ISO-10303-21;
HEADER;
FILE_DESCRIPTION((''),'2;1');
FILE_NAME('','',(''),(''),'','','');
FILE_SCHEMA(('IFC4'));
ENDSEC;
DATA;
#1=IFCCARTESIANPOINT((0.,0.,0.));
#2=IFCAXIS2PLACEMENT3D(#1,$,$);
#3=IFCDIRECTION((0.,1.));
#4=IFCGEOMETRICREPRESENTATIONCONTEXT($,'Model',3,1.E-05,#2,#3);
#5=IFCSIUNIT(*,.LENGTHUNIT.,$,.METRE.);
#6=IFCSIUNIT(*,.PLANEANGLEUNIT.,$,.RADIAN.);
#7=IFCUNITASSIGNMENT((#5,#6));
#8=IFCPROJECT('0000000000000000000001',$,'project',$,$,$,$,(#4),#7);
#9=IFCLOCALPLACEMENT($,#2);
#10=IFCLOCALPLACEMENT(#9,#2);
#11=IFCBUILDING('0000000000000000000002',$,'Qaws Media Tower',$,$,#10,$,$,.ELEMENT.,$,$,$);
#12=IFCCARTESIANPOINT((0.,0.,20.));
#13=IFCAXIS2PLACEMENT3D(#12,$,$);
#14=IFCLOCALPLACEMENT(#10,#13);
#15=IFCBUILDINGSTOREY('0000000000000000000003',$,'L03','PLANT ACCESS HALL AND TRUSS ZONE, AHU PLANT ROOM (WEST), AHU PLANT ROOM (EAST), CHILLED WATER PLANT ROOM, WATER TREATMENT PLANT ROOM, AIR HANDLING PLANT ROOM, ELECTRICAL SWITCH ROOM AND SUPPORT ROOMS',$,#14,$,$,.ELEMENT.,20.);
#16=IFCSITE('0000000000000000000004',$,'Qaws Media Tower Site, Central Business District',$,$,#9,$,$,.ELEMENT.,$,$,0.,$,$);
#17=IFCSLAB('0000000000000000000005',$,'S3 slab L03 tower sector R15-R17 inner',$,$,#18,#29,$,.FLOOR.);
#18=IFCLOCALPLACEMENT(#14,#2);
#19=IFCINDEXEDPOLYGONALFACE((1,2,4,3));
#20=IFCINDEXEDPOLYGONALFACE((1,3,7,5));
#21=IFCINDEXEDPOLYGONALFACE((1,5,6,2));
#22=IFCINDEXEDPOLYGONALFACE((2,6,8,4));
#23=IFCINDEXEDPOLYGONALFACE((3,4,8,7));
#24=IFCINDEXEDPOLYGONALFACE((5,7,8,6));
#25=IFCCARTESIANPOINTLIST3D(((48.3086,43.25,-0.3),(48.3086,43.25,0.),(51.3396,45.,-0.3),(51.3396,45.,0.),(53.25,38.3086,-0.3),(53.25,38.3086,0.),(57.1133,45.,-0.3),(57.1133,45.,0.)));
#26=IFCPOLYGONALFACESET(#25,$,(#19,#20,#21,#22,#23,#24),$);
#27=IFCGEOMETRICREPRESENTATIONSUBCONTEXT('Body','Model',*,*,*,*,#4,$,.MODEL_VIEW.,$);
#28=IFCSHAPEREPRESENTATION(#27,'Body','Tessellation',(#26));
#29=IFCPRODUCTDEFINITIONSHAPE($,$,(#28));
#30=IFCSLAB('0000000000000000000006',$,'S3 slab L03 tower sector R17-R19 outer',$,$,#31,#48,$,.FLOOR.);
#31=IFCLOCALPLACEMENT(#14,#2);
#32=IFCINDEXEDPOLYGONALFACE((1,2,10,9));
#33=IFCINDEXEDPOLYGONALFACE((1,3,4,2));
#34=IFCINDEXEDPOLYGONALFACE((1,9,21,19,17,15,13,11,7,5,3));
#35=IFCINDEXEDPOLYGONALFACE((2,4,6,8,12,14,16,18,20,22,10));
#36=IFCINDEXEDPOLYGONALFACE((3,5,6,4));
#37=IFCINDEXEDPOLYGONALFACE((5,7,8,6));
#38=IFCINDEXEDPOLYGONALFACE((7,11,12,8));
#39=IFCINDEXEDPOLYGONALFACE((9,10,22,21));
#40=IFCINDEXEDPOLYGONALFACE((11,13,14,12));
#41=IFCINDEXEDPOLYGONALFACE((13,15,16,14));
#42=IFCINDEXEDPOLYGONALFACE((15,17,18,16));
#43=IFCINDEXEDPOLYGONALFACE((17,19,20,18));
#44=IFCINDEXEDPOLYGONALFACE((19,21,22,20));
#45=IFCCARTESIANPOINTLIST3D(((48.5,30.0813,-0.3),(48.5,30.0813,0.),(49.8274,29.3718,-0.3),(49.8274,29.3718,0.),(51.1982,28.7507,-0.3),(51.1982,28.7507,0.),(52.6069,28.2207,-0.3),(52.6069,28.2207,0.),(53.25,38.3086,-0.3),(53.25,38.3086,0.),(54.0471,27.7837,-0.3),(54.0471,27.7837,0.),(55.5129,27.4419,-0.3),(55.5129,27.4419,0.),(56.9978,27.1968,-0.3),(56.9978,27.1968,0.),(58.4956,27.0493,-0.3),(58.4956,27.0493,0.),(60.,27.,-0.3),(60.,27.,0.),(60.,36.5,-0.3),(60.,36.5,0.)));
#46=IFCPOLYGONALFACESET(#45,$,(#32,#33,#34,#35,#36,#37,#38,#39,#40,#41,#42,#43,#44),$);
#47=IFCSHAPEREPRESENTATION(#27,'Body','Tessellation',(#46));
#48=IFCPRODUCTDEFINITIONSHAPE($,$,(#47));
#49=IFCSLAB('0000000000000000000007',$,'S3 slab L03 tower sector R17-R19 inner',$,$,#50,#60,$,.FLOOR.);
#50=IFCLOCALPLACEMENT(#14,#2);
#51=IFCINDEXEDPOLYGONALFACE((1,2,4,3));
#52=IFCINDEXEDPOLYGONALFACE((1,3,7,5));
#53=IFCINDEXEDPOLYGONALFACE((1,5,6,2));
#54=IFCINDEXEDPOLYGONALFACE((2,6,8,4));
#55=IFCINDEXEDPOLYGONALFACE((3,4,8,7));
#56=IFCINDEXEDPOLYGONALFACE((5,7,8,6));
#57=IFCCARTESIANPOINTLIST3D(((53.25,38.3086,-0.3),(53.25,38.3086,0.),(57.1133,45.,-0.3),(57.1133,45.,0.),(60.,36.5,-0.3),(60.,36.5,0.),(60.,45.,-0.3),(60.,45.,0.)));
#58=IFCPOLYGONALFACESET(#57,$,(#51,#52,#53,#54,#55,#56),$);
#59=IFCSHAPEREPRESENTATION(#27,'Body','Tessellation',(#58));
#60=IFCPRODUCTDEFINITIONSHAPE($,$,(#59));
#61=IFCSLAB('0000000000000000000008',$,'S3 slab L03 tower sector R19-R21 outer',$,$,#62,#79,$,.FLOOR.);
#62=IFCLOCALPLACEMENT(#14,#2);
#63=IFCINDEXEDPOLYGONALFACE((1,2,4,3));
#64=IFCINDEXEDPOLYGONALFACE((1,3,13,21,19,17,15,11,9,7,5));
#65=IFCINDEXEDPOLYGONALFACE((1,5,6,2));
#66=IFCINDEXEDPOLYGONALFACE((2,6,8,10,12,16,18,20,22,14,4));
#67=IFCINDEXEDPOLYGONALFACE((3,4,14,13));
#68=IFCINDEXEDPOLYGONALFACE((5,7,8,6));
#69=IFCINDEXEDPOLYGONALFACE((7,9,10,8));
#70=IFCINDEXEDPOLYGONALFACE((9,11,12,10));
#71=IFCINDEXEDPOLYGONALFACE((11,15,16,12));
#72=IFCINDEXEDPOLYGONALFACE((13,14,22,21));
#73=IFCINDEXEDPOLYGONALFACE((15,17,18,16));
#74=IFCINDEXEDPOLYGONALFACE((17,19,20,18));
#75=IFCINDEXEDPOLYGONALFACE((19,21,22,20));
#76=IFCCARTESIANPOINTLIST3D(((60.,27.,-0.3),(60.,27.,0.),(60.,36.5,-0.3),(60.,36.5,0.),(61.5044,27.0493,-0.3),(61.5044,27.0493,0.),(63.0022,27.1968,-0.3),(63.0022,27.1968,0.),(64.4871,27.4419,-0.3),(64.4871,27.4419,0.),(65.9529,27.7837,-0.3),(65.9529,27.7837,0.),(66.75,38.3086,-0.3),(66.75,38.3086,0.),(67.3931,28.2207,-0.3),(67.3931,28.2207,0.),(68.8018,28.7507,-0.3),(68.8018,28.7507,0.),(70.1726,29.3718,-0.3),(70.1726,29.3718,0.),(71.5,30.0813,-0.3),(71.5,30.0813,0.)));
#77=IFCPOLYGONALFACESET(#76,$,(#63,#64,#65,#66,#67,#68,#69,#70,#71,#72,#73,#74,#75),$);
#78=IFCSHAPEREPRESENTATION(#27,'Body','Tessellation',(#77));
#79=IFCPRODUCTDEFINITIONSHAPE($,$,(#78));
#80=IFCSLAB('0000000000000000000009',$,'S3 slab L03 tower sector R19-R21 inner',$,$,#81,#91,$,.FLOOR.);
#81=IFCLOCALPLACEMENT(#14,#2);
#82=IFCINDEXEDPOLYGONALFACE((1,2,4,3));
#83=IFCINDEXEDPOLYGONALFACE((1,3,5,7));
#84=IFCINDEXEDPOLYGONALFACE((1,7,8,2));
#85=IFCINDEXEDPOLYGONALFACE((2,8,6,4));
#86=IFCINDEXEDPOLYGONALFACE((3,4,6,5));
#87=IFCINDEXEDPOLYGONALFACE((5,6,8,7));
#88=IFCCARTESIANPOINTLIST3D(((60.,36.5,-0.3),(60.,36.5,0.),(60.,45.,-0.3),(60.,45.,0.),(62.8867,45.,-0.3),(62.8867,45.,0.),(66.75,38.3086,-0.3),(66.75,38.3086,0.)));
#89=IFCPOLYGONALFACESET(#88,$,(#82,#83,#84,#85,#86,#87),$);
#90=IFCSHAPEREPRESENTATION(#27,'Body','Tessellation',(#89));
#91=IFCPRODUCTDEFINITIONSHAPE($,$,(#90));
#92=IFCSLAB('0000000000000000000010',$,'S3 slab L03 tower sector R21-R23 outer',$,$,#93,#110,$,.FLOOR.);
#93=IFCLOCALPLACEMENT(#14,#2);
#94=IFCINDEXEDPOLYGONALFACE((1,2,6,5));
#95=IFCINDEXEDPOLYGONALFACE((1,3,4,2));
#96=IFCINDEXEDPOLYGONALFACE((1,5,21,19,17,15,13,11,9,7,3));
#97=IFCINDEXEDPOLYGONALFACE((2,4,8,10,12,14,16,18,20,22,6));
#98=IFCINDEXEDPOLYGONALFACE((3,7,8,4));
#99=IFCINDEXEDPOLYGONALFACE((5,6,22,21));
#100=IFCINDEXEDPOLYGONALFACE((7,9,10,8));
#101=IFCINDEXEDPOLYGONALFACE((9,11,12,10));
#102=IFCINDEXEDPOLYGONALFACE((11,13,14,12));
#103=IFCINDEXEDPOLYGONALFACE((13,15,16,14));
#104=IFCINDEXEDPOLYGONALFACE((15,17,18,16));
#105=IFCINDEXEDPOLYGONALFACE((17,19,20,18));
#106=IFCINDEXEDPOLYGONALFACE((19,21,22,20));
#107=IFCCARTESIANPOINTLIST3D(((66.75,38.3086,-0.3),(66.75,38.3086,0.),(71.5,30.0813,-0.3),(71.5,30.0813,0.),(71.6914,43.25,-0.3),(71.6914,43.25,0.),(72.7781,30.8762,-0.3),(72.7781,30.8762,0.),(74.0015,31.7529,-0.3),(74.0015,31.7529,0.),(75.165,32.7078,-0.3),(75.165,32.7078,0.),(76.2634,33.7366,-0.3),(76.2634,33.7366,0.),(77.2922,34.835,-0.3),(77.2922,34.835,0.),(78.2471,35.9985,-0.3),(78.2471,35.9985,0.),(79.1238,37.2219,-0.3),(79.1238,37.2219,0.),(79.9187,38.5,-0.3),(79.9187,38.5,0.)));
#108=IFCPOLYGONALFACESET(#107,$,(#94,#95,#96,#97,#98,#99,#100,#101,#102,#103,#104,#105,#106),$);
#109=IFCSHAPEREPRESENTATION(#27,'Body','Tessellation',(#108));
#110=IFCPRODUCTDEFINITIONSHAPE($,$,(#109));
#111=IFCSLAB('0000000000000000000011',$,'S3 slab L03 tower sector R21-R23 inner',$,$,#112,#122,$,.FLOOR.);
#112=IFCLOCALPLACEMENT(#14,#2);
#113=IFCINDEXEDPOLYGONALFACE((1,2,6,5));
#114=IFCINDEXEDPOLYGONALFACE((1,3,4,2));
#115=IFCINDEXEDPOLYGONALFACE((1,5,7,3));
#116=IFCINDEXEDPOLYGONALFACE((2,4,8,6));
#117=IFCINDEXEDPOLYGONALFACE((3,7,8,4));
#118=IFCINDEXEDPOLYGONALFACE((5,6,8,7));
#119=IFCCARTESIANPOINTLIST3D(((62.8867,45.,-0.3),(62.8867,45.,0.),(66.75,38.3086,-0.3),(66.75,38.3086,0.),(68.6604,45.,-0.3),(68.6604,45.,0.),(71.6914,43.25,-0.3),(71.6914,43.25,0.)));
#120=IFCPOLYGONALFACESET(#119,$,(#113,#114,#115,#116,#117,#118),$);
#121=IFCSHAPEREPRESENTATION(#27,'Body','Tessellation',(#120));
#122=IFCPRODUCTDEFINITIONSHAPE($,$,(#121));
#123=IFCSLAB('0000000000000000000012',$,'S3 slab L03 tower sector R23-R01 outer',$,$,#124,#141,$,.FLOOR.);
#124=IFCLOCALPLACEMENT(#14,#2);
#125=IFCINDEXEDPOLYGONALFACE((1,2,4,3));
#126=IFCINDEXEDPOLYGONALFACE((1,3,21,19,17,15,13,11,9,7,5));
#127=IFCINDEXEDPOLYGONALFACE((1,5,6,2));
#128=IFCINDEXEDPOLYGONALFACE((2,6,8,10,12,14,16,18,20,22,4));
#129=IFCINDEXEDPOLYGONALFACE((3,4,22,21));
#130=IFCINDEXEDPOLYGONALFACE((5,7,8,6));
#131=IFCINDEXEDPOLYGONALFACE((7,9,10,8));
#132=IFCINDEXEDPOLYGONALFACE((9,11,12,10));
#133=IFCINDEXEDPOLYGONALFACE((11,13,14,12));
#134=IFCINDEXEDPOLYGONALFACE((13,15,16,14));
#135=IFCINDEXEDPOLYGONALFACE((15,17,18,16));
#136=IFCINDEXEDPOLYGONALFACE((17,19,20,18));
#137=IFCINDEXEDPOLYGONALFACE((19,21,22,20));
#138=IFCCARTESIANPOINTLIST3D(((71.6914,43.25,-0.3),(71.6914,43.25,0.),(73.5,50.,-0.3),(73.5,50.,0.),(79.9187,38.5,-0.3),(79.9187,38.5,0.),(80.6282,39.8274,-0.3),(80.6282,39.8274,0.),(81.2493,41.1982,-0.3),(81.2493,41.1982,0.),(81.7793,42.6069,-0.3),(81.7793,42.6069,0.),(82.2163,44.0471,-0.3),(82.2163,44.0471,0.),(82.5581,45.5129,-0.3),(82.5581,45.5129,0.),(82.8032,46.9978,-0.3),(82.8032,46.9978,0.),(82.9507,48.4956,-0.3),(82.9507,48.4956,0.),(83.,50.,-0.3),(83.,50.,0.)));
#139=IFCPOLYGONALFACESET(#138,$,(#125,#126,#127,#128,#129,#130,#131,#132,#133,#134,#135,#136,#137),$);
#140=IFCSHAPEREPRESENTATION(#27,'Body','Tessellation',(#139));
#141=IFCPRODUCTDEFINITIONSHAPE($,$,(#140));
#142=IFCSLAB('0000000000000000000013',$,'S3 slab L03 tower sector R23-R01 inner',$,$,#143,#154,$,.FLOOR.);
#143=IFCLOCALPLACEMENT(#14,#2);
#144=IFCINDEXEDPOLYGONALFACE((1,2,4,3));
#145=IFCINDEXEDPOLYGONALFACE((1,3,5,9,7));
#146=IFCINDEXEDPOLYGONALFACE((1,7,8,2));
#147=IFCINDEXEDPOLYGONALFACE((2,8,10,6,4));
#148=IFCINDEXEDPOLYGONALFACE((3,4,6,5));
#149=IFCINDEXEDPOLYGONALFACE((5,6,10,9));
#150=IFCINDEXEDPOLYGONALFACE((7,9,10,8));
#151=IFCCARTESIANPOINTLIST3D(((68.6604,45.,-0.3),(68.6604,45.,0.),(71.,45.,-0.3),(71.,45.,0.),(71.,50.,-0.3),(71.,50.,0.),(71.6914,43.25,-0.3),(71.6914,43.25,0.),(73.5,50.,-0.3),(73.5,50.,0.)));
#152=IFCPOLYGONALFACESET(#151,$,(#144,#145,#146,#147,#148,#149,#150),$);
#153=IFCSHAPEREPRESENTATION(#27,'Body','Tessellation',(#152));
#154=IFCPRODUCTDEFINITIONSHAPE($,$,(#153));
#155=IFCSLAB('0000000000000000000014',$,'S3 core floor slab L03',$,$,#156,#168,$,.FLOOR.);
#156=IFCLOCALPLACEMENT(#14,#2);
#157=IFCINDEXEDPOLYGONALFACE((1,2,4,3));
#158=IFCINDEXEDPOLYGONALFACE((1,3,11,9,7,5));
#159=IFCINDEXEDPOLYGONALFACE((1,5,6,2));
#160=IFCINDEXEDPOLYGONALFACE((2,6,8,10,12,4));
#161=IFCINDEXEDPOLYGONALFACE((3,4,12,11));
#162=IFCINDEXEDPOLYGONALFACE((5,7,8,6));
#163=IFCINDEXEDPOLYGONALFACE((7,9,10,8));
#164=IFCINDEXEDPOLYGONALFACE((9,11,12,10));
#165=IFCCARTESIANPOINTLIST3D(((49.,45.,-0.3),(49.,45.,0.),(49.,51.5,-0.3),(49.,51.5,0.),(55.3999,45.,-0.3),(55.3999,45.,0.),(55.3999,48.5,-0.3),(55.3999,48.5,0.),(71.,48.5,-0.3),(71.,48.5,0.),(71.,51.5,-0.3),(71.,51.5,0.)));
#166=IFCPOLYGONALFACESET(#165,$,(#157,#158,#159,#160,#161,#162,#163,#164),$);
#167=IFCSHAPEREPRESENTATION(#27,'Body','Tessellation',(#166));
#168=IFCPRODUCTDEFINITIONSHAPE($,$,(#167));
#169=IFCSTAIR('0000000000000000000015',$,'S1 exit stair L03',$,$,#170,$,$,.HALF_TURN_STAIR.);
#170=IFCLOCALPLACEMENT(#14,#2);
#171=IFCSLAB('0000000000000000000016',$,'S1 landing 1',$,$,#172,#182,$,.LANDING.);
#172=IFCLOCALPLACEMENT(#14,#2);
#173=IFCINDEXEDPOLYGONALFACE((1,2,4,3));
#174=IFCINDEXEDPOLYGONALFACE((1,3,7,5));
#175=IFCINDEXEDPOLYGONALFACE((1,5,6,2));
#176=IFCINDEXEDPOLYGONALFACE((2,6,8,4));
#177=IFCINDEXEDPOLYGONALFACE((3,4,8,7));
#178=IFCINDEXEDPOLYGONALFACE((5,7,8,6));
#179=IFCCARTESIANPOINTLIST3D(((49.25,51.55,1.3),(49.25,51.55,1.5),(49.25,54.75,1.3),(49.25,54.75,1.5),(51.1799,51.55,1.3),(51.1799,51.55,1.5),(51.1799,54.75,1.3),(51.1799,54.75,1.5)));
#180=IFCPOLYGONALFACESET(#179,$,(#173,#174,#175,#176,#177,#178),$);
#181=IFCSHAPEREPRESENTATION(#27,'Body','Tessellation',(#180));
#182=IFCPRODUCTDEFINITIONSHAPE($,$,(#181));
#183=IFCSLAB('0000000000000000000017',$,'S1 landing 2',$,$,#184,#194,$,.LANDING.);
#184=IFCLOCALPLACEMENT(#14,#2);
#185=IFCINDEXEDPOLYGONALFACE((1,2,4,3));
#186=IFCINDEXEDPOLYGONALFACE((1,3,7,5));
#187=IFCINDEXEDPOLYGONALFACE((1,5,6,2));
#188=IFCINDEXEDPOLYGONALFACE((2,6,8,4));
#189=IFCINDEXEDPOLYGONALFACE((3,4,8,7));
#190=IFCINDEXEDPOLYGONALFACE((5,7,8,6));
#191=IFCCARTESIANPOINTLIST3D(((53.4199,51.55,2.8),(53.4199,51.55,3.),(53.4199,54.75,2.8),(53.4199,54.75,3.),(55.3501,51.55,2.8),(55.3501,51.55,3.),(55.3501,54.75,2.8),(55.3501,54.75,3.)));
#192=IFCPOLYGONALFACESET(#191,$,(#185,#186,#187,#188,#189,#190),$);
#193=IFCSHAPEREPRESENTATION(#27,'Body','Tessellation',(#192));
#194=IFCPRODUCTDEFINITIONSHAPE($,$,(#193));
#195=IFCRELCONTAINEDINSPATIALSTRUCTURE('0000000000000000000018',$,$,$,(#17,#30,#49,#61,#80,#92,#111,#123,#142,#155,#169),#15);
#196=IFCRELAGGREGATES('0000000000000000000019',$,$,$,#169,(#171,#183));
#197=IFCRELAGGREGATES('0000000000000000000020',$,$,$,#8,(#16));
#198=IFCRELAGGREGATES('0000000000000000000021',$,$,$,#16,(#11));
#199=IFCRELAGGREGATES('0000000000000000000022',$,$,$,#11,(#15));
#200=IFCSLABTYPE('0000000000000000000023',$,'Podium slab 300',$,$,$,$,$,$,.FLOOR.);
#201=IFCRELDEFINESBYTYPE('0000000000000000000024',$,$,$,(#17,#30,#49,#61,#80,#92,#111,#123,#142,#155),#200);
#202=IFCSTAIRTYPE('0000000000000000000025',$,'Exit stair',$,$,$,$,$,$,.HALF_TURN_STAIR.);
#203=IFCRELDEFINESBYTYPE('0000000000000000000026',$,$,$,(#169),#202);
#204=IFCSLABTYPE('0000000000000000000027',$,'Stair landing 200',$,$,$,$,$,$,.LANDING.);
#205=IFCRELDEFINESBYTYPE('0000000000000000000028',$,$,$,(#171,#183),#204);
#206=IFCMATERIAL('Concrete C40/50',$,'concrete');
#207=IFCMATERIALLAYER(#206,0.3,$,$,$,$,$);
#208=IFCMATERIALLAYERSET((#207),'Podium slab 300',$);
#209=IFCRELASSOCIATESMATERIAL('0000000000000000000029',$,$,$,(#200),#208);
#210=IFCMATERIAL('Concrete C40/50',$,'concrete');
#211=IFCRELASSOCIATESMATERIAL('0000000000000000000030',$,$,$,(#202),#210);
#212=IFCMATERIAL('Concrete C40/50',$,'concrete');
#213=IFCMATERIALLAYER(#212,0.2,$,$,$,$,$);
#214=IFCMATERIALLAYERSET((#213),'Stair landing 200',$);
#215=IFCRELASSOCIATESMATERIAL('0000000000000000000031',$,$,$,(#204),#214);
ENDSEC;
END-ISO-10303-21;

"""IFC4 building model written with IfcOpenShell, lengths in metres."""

from ifc_helpers import new_model, si_unit, direction, frame, origin, place, context, subcontext, project, spatial, polyline, outline, extrude, material, layer, layer_set, type_object, element, aggregate, save


model = new_model("IFC4")

# Units and contexts
model_context = context("Model", 3, precision=1e-05, world=origin(), true_north=direction((0.0, 1.0)))
body_context = subcontext(model_context, "Body", "Model", "MODEL_VIEW")
ifc_project = project(units=[si_unit("LENGTHUNIT", "METRE"), si_unit("PLANEANGLEUNIT", "RADIAN")], contexts=[model_context])

# Site, building, storey
site_placement = place(None, origin())
site = spatial("IfcSite", under=ifc_project, at=site_placement, Name="Qaws Media Tower Site, Central Business District", CompositionType="ELEMENT", RefElevation=0.0)
building_placement = place(site_placement, origin())
building = spatial("IfcBuilding", under=site, at=building_placement, Name="Qaws Media Tower", CompositionType="ELEMENT")
storey_placement = place(building_placement, frame((0.0, 0.0, 20.0)))
storey = spatial("IfcBuildingStorey", under=building, at=storey_placement, Name="L03", Description="PLANT ACCESS HALL AND TRUSS ZONE, AHU PLANT ROOM (WEST), AHU PLANT ROOM (EAST), CHILLED WATER PLANT ROOM, WATER TREATMENT PLANT ROOM, AIR HANDLING PLANT ROOM, ELECTRICAL SWITCH ROOM AND SUPPORT ROOMS", CompositionType="ELEMENT", Elevation=20.0)

# Slabs
ifc_material_1 = material(Name="Concrete C40/50", Category="concrete")
ifc_layer_1 = layer(ifc_material_1, 0.3)
ifc_layer_set_1 = layer_set([ifc_layer_1], Name="Podium slab 300")
slab_type_1 = type_object("IfcSlabType", Name="Podium slab 300", PredefinedType="FLOOR", material=ifc_layer_set_1)
slab_1_placement = place(storey_placement, frame((0.0, 0.0, -0.3)))
element("IfcSlab", 1, at=slab_1_placement, inside=storey, type_object=slab_type_1, Name="S3 slab L03 tower sector R15-R17 inner", PredefinedType="FLOOR", context=body_context, shape_type="SweptSolid", body=[
    extrude(outline(polyline([(51.3396, 45.0), (57.1133, 45.0), (53.25, 38.3086), (48.3086, 43.25), (51.3396, 45.0)])), origin(), (0.0, 0.0, 1.0), 0.3),
])
slab_2_placement = place(storey_placement, frame((0.0, 0.0, -0.3)))
element("IfcSlab", 2, at=slab_2_placement, inside=storey, type_object=slab_type_1, Name="S3 slab L03 tower sector R17-R19 outer", PredefinedType="FLOOR", context=body_context, shape_type="SweptSolid", body=[
    extrude(outline(polyline([(51.1982, 28.7507), (49.8274, 29.3718), (48.5, 30.0813), (53.25, 38.3086), (60.0, 36.5), (60.0, 27.0), (58.4956, 27.0493), (56.9978, 27.1968), (55.5129, 27.4419), (54.0471, 27.7837), (52.6069, 28.2207), (51.1982, 28.7507)])), origin(), (0.0, 0.0, 1.0), 0.3),
])
slab_3_placement = place(storey_placement, frame((0.0, 0.0, -0.3)))
element("IfcSlab", 3, at=slab_3_placement, inside=storey, type_object=slab_type_1, Name="S3 slab L03 tower sector R17-R19 inner", PredefinedType="FLOOR", context=body_context, shape_type="SweptSolid", body=[
    extrude(outline(polyline([(57.1133, 45.0), (60.0, 45.0), (60.0, 36.5), (53.25, 38.3086), (57.1133, 45.0)])), origin(), (0.0, 0.0, 1.0), 0.3),
])
slab_4_placement = place(storey_placement, frame((0.0, 0.0, -0.3)))
element("IfcSlab", 4, at=slab_4_placement, inside=storey, type_object=slab_type_1, Name="S3 slab L03 tower sector R19-R21 outer", PredefinedType="FLOOR", context=body_context, shape_type="SweptSolid", body=[
    extrude(outline(polyline([(63.0022, 27.1968), (61.5044, 27.0493), (60.0, 27.0), (60.0, 36.5), (66.75, 38.3086), (71.5, 30.0813), (70.1726, 29.3718), (68.8018, 28.7507), (67.3931, 28.2207), (65.9529, 27.7837), (64.4871, 27.4419), (63.0022, 27.1968)])), origin(), (0.0, 0.0, 1.0), 0.3),
])
slab_5_placement = place(storey_placement, frame((0.0, 0.0, -0.3)))
element("IfcSlab", 5, at=slab_5_placement, inside=storey, type_object=slab_type_1, Name="S3 slab L03 tower sector R19-R21 inner", PredefinedType="FLOOR", context=body_context, shape_type="SweptSolid", body=[
    extrude(outline(polyline([(60.0, 45.0), (62.8867, 45.0), (66.75, 38.3086), (60.0, 36.5), (60.0, 45.0)])), origin(), (0.0, 0.0, 1.0), 0.3),
])
slab_6_placement = place(storey_placement, frame((0.0, 0.0, -0.3)))
element("IfcSlab", 6, at=slab_6_placement, inside=storey, type_object=slab_type_1, Name="S3 slab L03 tower sector R21-R23 outer", PredefinedType="FLOOR", context=body_context, shape_type="SweptSolid", body=[
    extrude(outline(polyline([(74.0015, 31.7529), (72.7781, 30.8762), (71.5, 30.0813), (66.75, 38.3086), (71.6914, 43.25), (79.9187, 38.5), (79.1238, 37.2219), (78.2471, 35.9985), (77.2922, 34.835), (76.2634, 33.7366), (75.165, 32.7078), (74.0015, 31.7529)])), origin(), (0.0, 0.0, 1.0), 0.3),
])
slab_7_placement = place(storey_placement, frame((0.0, 0.0, -0.3)))
element("IfcSlab", 7, at=slab_7_placement, inside=storey, type_object=slab_type_1, Name="S3 slab L03 tower sector R21-R23 inner", PredefinedType="FLOOR", context=body_context, shape_type="SweptSolid", body=[
    extrude(outline(polyline([(62.8867, 45.0), (68.6604, 45.0), (71.6914, 43.25), (66.75, 38.3086), (62.8867, 45.0)])), origin(), (0.0, 0.0, 1.0), 0.3),
])
slab_8_placement = place(storey_placement, frame((0.0, 0.0, -0.3)))
element("IfcSlab", 8, at=slab_8_placement, inside=storey, type_object=slab_type_1, Name="S3 slab L03 tower sector R23-R01 outer", PredefinedType="FLOOR", context=body_context, shape_type="SweptSolid", body=[
    extrude(outline(polyline([(81.2493, 41.1982), (80.6282, 39.8274), (79.9187, 38.5), (71.6914, 43.25), (73.5, 50.0), (83.0, 50.0), (82.9507, 48.4956), (82.8032, 46.9978), (82.5581, 45.5129), (82.2163, 44.0471), (81.7793, 42.6069), (81.2493, 41.1982)])), origin(), (0.0, 0.0, 1.0), 0.3),
])
slab_9_placement = place(storey_placement, frame((0.0, 0.0, -0.3)))
element("IfcSlab", 9, at=slab_9_placement, inside=storey, type_object=slab_type_1, Name="S3 slab L03 tower sector R23-R01 inner", PredefinedType="FLOOR", context=body_context, shape_type="SweptSolid", body=[
    extrude(outline(polyline([(68.6604, 45.0), (71.0, 45.0), (71.0, 50.0), (73.5, 50.0), (71.6914, 43.25), (68.6604, 45.0)])), origin(), (0.0, 0.0, 1.0), 0.3),
])
slab_10_placement = place(storey_placement, frame((0.0, 0.0, -0.3)))
element("IfcSlab", 10, at=slab_10_placement, inside=storey, type_object=slab_type_1, Name="S3 core floor slab L03", PredefinedType="FLOOR", context=body_context, shape_type="SweptSolid", body=[
    extrude(outline(polyline([(55.3999, 48.5), (55.3999, 45.0), (49.0, 45.0), (49.0, 51.5), (71.0, 51.5), (71.0, 48.5), (55.3999, 48.5)])), origin(), (0.0, 0.0, 1.0), 0.3),
])

# Stair, slabs
ifc_material_2 = material(Name="Concrete C40/50", Category="concrete")
stair_type = type_object("IfcStairType", Name="Exit stair", PredefinedType="HALF_TURN_STAIR", material=ifc_material_2)
stair_1_placement = place(storey_placement, origin())
stair_1 = element("IfcStair", 11, at=stair_1_placement, inside=storey, type_object=stair_type, Name="S1 exit stair L03", PredefinedType="HALF_TURN_STAIR")
ifc_material_3 = material(Name="Concrete C40/50", Category="concrete")
ifc_layer_2 = layer(ifc_material_3, 0.2)
ifc_layer_set_2 = layer_set([ifc_layer_2], Name="Stair landing 200")
slab_type_2 = type_object("IfcSlabType", Name="Stair landing 200", PredefinedType="LANDING", material=ifc_layer_set_2)
slab_11_placement = place(storey_placement, frame((0.0, 0.0, 1.3)))
slab_11 = element("IfcSlab", 12, at=slab_11_placement, type_object=slab_type_2, Name="S1 landing 1", PredefinedType="LANDING", context=body_context, shape_type="SweptSolid", body=[
    extrude(outline(polyline([(49.25, 51.55), (51.1799, 51.55), (51.1799, 54.75), (49.25, 54.75), (49.25, 51.55)])), origin(), (0.0, 0.0, 1.0), 0.2),
])
slab_12_placement = place(storey_placement, frame((0.0, 0.0, 2.8)))
slab_12 = element("IfcSlab", 13, at=slab_12_placement, type_object=slab_type_2, Name="S1 landing 2", PredefinedType="LANDING", context=body_context, shape_type="SweptSolid", body=[
    extrude(outline(polyline([(53.4199, 51.55), (55.3501, 51.55), (55.3501, 54.75), (53.4199, 54.75), (53.4199, 51.55)])), origin(), (0.0, 0.0, 1.0), 0.2),
])
aggregate(stair_1, [slab_11, slab_12])

save(model, "model.ifc")
